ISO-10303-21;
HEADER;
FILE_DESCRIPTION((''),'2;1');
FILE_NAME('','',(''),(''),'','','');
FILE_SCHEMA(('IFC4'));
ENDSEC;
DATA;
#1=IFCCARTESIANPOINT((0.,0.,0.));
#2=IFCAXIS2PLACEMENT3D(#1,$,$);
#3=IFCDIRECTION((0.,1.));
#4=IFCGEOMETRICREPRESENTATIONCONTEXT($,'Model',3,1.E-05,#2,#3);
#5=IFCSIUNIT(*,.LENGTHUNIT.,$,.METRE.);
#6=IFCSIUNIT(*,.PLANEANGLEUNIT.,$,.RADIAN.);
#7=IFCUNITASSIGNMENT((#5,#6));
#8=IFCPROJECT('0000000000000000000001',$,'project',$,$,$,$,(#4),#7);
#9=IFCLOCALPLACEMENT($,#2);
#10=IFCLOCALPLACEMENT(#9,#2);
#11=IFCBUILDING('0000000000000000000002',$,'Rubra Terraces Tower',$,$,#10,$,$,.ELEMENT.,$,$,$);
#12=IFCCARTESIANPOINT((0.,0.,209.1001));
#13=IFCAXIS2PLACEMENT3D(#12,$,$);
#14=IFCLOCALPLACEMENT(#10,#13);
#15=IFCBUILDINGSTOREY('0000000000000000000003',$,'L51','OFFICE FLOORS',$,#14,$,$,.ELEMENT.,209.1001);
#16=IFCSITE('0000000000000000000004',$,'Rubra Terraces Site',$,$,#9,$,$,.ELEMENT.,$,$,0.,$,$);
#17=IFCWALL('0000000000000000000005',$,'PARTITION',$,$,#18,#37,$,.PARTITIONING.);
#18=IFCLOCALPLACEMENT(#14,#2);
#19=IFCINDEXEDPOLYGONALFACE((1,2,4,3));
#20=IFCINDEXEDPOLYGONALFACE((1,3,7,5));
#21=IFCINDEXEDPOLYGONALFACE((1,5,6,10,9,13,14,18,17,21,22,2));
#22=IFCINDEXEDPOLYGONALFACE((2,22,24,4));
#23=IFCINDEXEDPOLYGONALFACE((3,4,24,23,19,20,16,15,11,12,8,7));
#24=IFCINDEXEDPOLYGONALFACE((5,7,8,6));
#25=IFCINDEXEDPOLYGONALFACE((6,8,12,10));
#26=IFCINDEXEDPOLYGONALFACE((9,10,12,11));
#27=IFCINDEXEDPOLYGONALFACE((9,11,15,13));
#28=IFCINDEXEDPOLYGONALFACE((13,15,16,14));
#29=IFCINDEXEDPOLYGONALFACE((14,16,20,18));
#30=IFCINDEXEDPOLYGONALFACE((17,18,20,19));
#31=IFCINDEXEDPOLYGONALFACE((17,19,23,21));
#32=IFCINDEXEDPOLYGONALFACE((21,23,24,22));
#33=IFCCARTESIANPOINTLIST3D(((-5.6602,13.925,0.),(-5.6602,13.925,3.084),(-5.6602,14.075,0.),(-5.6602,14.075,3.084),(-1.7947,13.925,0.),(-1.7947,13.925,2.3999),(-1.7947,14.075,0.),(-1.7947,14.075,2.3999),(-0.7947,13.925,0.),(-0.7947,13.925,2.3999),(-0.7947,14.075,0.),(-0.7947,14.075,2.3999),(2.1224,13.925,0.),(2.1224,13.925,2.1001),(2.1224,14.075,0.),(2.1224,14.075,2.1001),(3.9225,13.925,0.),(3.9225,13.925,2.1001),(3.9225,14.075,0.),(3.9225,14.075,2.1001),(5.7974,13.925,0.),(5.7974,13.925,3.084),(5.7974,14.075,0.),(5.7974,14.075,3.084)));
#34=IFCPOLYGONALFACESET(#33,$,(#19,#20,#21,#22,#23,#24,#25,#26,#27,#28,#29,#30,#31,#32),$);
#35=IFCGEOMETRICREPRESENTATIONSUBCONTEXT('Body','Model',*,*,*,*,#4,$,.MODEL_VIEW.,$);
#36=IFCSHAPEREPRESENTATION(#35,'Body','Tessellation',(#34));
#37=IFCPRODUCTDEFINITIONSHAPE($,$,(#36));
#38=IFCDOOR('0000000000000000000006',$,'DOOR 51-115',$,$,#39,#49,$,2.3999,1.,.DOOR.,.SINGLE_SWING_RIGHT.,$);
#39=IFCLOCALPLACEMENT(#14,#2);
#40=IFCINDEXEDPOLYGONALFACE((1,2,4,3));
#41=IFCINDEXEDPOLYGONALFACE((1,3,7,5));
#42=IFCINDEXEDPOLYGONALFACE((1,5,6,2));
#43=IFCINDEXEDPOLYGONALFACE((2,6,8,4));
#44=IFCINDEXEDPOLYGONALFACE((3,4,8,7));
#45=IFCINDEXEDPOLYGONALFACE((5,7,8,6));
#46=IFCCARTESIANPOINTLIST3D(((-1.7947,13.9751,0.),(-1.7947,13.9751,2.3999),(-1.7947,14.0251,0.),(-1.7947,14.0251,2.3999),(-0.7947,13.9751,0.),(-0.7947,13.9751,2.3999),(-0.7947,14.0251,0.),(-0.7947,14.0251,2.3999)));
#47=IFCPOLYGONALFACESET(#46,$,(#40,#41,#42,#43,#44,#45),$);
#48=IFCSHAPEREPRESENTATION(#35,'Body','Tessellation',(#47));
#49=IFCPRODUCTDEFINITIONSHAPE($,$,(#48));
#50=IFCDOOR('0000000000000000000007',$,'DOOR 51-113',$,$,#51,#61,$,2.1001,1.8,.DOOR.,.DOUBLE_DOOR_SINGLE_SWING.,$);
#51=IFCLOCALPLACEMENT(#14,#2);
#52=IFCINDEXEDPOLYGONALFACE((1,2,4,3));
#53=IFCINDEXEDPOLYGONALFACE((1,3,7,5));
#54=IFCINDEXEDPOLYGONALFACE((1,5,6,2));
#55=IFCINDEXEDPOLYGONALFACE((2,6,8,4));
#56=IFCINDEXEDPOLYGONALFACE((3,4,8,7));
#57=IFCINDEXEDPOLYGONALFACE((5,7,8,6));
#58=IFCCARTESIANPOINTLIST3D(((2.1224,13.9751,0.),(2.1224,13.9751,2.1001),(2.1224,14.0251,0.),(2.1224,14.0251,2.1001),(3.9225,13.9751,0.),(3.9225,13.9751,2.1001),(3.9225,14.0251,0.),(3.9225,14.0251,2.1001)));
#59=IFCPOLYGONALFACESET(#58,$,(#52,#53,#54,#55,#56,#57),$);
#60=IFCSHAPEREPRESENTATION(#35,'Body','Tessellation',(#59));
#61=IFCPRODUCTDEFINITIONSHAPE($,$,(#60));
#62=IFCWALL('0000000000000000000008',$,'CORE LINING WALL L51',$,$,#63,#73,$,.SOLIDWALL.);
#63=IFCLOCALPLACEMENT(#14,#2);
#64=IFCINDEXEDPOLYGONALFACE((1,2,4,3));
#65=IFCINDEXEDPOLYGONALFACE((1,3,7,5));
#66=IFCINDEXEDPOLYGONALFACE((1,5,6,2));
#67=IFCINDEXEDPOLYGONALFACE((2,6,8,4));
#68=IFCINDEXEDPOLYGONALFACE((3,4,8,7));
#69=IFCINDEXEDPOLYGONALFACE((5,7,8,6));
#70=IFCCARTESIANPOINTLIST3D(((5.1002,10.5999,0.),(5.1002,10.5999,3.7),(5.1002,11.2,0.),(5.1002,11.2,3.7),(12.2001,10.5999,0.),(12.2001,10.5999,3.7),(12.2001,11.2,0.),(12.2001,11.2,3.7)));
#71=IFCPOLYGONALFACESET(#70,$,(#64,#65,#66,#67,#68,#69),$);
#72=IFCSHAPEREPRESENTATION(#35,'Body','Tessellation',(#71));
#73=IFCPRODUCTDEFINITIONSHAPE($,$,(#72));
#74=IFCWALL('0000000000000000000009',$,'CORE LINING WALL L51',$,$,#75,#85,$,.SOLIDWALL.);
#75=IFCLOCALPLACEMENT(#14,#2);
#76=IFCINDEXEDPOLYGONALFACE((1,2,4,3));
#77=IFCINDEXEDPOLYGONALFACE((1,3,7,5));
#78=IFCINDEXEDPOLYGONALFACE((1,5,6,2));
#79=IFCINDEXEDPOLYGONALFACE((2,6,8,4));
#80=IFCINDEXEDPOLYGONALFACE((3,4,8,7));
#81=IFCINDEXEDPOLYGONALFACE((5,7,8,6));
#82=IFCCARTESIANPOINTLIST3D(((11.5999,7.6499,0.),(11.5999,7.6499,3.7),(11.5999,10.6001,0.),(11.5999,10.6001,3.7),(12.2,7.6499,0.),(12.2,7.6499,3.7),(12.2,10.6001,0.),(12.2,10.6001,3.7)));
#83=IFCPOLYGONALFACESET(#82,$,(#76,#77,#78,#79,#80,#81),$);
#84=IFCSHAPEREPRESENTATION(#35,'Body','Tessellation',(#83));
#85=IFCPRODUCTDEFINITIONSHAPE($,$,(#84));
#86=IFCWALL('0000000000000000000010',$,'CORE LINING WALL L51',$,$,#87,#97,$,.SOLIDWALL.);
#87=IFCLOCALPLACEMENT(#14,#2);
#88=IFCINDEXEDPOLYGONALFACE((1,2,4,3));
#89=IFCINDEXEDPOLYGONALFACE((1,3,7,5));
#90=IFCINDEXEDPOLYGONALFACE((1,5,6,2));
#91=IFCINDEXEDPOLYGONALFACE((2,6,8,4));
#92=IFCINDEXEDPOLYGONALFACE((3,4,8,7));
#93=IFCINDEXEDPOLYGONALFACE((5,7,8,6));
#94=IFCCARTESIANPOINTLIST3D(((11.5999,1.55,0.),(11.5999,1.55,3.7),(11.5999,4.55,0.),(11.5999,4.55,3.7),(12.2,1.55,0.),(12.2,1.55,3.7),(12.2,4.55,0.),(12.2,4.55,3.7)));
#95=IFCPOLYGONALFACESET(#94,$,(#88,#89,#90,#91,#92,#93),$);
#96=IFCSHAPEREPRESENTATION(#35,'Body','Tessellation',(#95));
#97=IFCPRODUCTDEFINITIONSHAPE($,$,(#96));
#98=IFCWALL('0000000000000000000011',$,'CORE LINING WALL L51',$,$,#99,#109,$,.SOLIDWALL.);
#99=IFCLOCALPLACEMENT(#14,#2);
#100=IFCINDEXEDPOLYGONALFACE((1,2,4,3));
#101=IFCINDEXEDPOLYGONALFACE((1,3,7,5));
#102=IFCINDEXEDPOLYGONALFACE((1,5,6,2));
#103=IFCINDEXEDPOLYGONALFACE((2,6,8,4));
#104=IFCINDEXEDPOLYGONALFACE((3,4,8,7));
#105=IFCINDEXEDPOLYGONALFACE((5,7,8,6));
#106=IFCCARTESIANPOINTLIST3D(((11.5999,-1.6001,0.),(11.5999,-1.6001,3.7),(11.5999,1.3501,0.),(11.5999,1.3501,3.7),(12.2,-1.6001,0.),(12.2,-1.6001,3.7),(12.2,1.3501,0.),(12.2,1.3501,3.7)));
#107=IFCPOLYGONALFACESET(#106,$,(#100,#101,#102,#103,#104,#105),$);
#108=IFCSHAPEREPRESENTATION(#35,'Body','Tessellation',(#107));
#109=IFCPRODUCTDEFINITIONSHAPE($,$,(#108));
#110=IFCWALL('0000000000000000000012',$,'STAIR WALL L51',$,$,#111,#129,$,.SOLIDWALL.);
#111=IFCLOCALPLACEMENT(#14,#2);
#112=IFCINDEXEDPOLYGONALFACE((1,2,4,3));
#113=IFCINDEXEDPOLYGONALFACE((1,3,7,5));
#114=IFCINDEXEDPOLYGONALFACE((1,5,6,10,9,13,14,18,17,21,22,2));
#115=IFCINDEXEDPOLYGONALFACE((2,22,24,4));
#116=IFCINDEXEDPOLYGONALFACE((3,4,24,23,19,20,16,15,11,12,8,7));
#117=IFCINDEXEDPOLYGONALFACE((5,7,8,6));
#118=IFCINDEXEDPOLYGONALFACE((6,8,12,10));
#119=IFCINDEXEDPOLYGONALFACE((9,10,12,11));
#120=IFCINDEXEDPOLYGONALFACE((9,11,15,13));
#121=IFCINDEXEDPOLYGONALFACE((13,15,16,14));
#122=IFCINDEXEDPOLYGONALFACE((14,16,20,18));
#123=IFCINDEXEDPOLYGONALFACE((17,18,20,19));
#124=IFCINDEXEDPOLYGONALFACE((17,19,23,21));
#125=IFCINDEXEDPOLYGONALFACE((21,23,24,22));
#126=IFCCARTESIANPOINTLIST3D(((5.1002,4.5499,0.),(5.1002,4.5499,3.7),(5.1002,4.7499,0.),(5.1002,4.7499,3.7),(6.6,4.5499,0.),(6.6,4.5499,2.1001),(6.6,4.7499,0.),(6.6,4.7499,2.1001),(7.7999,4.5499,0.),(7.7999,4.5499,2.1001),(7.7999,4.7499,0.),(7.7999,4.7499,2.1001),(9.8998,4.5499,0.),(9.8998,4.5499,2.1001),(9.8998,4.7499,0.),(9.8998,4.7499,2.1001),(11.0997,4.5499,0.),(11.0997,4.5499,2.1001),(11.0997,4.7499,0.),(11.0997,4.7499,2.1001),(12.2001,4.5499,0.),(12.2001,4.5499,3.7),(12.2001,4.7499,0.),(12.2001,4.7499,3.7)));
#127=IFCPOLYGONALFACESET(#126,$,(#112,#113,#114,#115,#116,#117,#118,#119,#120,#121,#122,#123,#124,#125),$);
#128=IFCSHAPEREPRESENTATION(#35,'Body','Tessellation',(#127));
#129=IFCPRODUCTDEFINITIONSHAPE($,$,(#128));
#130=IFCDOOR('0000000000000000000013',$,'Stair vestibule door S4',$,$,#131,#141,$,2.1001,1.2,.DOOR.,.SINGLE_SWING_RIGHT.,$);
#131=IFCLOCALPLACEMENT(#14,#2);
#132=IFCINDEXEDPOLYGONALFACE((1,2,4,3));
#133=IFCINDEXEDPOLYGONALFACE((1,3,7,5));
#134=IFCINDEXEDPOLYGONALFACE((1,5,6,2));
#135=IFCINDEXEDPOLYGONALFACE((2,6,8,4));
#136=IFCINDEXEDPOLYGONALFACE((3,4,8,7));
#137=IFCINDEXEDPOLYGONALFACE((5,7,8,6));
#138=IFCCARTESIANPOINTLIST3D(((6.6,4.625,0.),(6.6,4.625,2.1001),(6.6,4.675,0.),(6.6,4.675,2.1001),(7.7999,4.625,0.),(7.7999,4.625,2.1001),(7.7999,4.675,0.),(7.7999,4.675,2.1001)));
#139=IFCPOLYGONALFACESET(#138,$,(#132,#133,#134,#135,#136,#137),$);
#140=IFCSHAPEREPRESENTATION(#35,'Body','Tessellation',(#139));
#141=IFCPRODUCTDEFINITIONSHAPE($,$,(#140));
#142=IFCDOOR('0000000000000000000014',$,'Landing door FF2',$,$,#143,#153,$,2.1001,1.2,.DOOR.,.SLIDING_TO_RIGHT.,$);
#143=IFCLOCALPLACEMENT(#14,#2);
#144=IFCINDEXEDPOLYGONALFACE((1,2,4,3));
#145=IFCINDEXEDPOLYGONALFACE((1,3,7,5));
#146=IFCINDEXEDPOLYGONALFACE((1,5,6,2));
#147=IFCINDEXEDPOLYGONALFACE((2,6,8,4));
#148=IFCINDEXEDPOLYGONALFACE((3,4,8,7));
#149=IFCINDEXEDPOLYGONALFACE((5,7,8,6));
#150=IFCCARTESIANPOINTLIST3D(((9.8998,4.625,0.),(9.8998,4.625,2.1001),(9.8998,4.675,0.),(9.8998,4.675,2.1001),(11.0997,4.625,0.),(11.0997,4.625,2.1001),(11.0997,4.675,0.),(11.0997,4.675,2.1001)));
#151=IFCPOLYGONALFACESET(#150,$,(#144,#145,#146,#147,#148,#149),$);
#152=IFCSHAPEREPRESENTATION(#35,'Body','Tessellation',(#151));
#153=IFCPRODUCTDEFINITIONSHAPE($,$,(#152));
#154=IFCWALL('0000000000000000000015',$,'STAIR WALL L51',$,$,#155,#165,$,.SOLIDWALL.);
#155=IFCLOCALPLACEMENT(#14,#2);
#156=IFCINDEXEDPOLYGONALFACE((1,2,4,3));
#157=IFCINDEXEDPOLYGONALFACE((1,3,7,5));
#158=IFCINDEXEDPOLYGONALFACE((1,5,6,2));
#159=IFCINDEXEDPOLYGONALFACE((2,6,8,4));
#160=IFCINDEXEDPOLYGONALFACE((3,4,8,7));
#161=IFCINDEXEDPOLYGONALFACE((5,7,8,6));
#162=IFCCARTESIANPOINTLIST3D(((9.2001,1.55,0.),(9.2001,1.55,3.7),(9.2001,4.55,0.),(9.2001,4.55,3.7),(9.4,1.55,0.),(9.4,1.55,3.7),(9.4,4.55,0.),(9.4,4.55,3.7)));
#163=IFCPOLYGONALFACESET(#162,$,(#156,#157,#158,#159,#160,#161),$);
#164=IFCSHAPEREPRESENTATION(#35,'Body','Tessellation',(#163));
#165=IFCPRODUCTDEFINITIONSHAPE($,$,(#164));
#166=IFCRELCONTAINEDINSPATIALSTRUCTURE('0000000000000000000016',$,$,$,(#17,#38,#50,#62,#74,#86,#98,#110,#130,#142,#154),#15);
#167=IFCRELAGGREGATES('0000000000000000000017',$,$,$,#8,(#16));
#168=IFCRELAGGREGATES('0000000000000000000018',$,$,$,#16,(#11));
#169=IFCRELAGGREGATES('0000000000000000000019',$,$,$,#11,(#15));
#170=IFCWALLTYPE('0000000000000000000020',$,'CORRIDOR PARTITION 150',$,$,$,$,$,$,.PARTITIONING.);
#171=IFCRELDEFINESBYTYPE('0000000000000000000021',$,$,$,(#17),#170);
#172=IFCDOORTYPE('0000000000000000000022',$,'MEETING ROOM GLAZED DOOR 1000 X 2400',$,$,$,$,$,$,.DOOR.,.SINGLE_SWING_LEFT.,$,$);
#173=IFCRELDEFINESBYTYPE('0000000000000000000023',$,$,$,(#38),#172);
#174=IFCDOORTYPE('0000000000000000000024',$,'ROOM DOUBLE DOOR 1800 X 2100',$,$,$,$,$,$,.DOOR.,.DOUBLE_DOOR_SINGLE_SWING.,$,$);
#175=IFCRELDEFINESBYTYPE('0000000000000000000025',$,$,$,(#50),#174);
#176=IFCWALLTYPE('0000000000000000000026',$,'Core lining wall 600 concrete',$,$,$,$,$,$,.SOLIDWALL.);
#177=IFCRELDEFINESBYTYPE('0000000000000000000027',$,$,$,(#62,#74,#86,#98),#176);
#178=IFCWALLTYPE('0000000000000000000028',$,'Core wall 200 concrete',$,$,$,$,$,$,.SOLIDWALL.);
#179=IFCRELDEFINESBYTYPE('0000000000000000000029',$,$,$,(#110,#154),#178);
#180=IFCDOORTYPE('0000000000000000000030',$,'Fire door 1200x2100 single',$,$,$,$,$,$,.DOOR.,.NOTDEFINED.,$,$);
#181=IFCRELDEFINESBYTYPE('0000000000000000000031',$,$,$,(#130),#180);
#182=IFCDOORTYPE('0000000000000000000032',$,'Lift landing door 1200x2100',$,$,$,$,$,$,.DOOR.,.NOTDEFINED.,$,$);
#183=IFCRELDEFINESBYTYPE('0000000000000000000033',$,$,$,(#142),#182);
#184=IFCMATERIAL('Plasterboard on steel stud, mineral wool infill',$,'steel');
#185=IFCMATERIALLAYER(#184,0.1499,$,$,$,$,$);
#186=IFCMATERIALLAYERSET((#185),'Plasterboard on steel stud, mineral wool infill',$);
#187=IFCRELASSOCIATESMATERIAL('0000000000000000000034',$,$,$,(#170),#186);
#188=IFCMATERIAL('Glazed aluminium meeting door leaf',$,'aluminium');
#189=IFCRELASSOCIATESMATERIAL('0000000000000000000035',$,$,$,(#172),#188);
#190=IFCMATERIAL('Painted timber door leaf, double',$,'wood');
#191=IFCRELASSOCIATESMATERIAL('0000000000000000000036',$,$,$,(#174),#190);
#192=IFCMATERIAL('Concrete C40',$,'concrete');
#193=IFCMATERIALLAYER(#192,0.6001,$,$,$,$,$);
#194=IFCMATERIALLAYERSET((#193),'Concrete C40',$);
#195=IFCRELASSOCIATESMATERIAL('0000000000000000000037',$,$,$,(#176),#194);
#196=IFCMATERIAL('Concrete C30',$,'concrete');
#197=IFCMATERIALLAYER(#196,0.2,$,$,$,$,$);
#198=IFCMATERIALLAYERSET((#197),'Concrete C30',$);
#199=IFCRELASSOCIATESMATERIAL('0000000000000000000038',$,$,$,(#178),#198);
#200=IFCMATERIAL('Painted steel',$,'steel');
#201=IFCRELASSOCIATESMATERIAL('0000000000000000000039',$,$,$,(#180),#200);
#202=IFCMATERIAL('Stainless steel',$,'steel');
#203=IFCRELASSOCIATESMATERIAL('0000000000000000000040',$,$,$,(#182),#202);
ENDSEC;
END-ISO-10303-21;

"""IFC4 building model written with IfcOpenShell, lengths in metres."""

from ifc_helpers import new_model, si_unit, direction, frame, frame_2d, origin, place, context, subcontext, project, spatial, rectangle, extrude, material, layer, layer_set, type_object, element, fill, save


model = new_model("IFC4")

# Units and contexts
model_context = context("Model", 3, precision=1e-05, world=origin(), true_north=direction((0.0, 1.0)))
body_context = subcontext(model_context, "Body", "Model", "MODEL_VIEW")
ifc_project = project(units=[si_unit("LENGTHUNIT", "METRE"), si_unit("PLANEANGLEUNIT", "RADIAN")], contexts=[model_context])

# Site, building, storey
site_placement = place(None, origin())
site = spatial("IfcSite", under=ifc_project, at=site_placement, Name="Rubra Terraces Site", CompositionType="ELEMENT", RefElevation=0.0)
building_placement = place(site_placement, origin())
building = spatial("IfcBuilding", under=site, at=building_placement, Name="Rubra Terraces Tower", CompositionType="ELEMENT")
storey_placement = place(building_placement, frame((0.0, 0.0, 209.1001)))
storey = spatial("IfcBuildingStorey", under=building, at=storey_placement, Name="L51", Description="OFFICE FLOORS", CompositionType="ELEMENT", Elevation=209.1001)

# Wall, openings, doors
ifc_material_1 = material(Name="Plasterboard on steel stud, mineral wool infill", Category="steel")
ifc_layer_1 = layer(ifc_material_1, 0.1499)
ifc_layer_set_1 = layer_set([ifc_layer_1], Name="Plasterboard on steel stud, mineral wool infill")
wall_type_1 = type_object("IfcWallType", Name="CORRIDOR PARTITION 150", PredefinedType="PARTITIONING", material=ifc_layer_set_1)
wall_1_placement = place(storey_placement, frame((5.7974, 14.0, 0.0), z_axis=(0.0, 0.0, 1.0), x_axis=(-1.0, 0.0, 0.0)))
wall_1 = element("IfcWall", 1, at=wall_1_placement, inside=storey, type_object=wall_type_1, Name="PARTITION", PredefinedType="PARTITIONING", context=body_context, shape_type="SweptSolid", body=[
    extrude(rectangle(XDim=11.4575, YDim=0.1499, at=frame_2d((5.7288, 0.0))), origin(), (0.0, 0.0, 1.0), 3.084),
])
opening_1_placement = place(wall_1_placement, frame((1.875, 0.0, 0.0)))
opening_1 = element("IfcOpeningElement", 2, at=opening_1_placement, cuts=wall_1, PredefinedType="OPENING", context=body_context, shape_type="SweptSolid", body=[
    extrude(rectangle(XDim=1.8, YDim=2.1001, at=frame_2d((0.8999, 1.05))), frame((0.0, 0.085, 0.0), z_axis=(0.0, -1.0, 0.0), x_axis=(1.0, 0.0, 0.0)), (0.0, 0.0, 1.0), 0.1699),
])
opening_2_placement = place(wall_1_placement, frame((6.592, 0.0, 0.0)))
opening_2 = element("IfcOpeningElement", 3, at=opening_2_placement, cuts=wall_1, PredefinedType="OPENING", context=body_context, shape_type="SweptSolid", body=[
    extrude(rectangle(XDim=1.0, YDim=2.3999, at=frame_2d((0.5, 1.2))), frame((0.0, 0.085, 0.0), z_axis=(0.0, -1.0, 0.0), x_axis=(1.0, 0.0, 0.0)), (0.0, 0.0, 1.0), 0.1699),
])
ifc_material_2 = material(Name="Glazed aluminium meeting door leaf", Category="aluminium")
door_type_1 = type_object("IfcDoorType", Name="MEETING ROOM GLAZED DOOR 1000 X 2400", OperationType="SINGLE_SWING_LEFT", PredefinedType="DOOR", material=ifc_material_2)
door_1_placement = place(opening_2_placement, origin())
door_1 = element("IfcDoor", 4, at=door_1_placement, inside=storey, type_object=door_type_1, Name="DOOR 51-115", OperationType="SINGLE_SWING_RIGHT", OverallHeight=2.3999, OverallWidth=1.0, PredefinedType="DOOR", context=body_context, shape_type="SweptSolid", body=[
    extrude(rectangle(XDim=1.0, YDim=2.3999, at=frame_2d((0.5, 1.2))), frame((0.0, 0.0249, 0.0), z_axis=(0.0, -1.0, 0.0), x_axis=(1.0, 0.0, 0.0)), (0.0, 0.0, 1.0), 0.05),
])
fill(opening_2, door_1)
ifc_material_3 = material(Name="Painted timber door leaf, double", Category="wood")
door_type_2 = type_object("IfcDoorType", Name="ROOM DOUBLE DOOR 1800 X 2100", OperationType="DOUBLE_DOOR_SINGLE_SWING", PredefinedType="DOOR", material=ifc_material_3)
door_2_placement = place(opening_1_placement, origin())
door_2 = element("IfcDoor", 5, at=door_2_placement, inside=storey, type_object=door_type_2, Name="DOOR 51-113", OperationType="DOUBLE_DOOR_SINGLE_SWING", OverallHeight=2.1001, OverallWidth=1.8, PredefinedType="DOOR", context=body_context, shape_type="SweptSolid", body=[
    extrude(rectangle(XDim=1.8, YDim=2.1001, at=frame_2d((0.8999, 1.05))), frame((0.0, 0.0249, 0.0), z_axis=(0.0, -1.0, 0.0), x_axis=(1.0, 0.0, 0.0)), (0.0, 0.0, 1.0), 0.05),
])
fill(opening_1, door_2)

# Walls
ifc_material_4 = material(Name="Concrete C40", Category="concrete")
ifc_layer_2 = layer(ifc_material_4, 0.6001)
ifc_layer_set_2 = layer_set([ifc_layer_2], Name="Concrete C40")
wall_type_2 = type_object("IfcWallType", Name="Core lining wall 600 concrete", PredefinedType="SOLIDWALL", material=ifc_layer_set_2)
wall_2_placement = place(storey_placement, frame((12.2, 10.8999, 0.0), z_axis=(0.0, 0.0, 1.0), x_axis=(-1.0, 0.0, 0.0)))
element("IfcWall", 6, at=wall_2_placement, inside=storey, type_object=wall_type_2, Name="CORE LINING WALL L51", PredefinedType="SOLIDWALL", context=body_context, shape_type="SweptSolid", body=[
    extrude(rectangle(XDim=7.0999, YDim=0.6001, at=frame_2d((3.5498, 0.0))), origin(), (0.0, 0.0, 1.0), 3.7),
])
wall_3_placement = place(storey_placement, frame((11.8999, 10.6001, 0.0), z_axis=(0.0, 0.0, 1.0), x_axis=(0.0, -1.0, 0.0)))
element("IfcWall", 7, at=wall_3_placement, inside=storey, type_object=wall_type_2, Name="CORE LINING WALL L51", PredefinedType="SOLIDWALL", context=body_context, shape_type="SweptSolid", body=[
    extrude(rectangle(XDim=2.9502, YDim=0.6001, at=frame_2d((1.4751, 0.0))), origin(), (0.0, 0.0, 1.0), 3.7),
])
wall_4_placement = place(storey_placement, frame((11.8999, 4.55, 0.0), z_axis=(0.0, 0.0, 1.0), x_axis=(0.0, -1.0, 0.0)))
element("IfcWall", 8, at=wall_4_placement, inside=storey, type_object=wall_type_2, Name="CORE LINING WALL L51", PredefinedType="SOLIDWALL", context=body_context, shape_type="SweptSolid", body=[
    extrude(rectangle(XDim=3.0, YDim=0.6001, at=frame_2d((1.5, 0.0))), origin(), (0.0, 0.0, 1.0), 3.7),
])
wall_5_placement = place(storey_placement, frame((11.8999, 1.3501, 0.0), z_axis=(0.0, 0.0, 1.0), x_axis=(0.0, -1.0, 0.0)))
element("IfcWall", 9, at=wall_5_placement, inside=storey, type_object=wall_type_2, Name="CORE LINING WALL L51", PredefinedType="SOLIDWALL", context=body_context, shape_type="SweptSolid", body=[
    extrude(rectangle(XDim=2.9502, YDim=0.6001, at=frame_2d((1.4751, 0.0))), origin(), (0.0, 0.0, 1.0), 3.7),
])

# Wall, openings, doors
ifc_material_5 = material(Name="Concrete C30", Category="concrete")
ifc_layer_3 = layer(ifc_material_5, 0.2)
ifc_layer_set_3 = layer_set([ifc_layer_3], Name="Concrete C30")
wall_type_3 = type_object("IfcWallType", Name="Core wall 200 concrete", PredefinedType="SOLIDWALL", material=ifc_layer_set_3)
wall_6_placement = place(storey_placement, frame((12.2, 4.6499, 0.0), z_axis=(0.0, 0.0, 1.0), x_axis=(-1.0, 0.0, 0.0)))
wall_6 = element("IfcWall", 10, at=wall_6_placement, inside=storey, type_object=wall_type_3, Name="STAIR WALL L51", PredefinedType="SOLIDWALL", context=body_context, shape_type="SweptSolid", body=[
    extrude(rectangle(XDim=7.0999, YDim=0.2, at=frame_2d((3.5498, 0.0))), origin(), (0.0, 0.0, 1.0), 3.7),
])
opening_3_placement = place(wall_6_placement, frame((4.3999, 0.0, 0.0)))
opening_3 = element("IfcOpeningElement", 11, at=opening_3_placement, cuts=wall_6, PredefinedType="OPENING", context=body_context, shape_type="SweptSolid", body=[
    extrude(rectangle(XDim=1.2, YDim=2.1001, at=frame_2d((0.6001, 1.05))), frame((0.0, 0.1099, 0.0), z_axis=(0.0, -1.0, 0.0), x_axis=(1.0, 0.0, 0.0)), (0.0, 0.0, 1.0), 0.22),
])
opening_4_placement = place(wall_6_placement, frame((1.1001, 0.0, 0.0)))
opening_4 = element("IfcOpeningElement", 12, at=opening_4_placement, cuts=wall_6, PredefinedType="OPENING", context=body_context, shape_type="SweptSolid", body=[
    extrude(rectangle(XDim=1.2, YDim=2.1001, at=frame_2d((0.6001, 1.05))), frame((0.0, 0.1099, 0.0), z_axis=(0.0, -1.0, 0.0), x_axis=(1.0, 0.0, 0.0)), (0.0, 0.0, 1.0), 0.22),
])
ifc_material_6 = material(Name="Painted steel", Category="steel")
door_type_3 = type_object("IfcDoorType", Name="Fire door 1200x2100 single", OperationType="NOTDEFINED", PredefinedType="DOOR", material=ifc_material_6)
door_3_placement = place(opening_3_placement, origin())
door_3 = element("IfcDoor", 13, at=door_3_placement, inside=storey, type_object=door_type_3, Name="Stair vestibule door S4", OperationType="SINGLE_SWING_RIGHT", OverallHeight=2.1001, OverallWidth=1.2, PredefinedType="DOOR", context=body_context, shape_type="SweptSolid", body=[
    extrude(rectangle(XDim=1.2, YDim=2.1001, at=frame_2d((0.6001, 1.05))), frame((0.0, 0.0249, 0.0), z_axis=(0.0, -1.0, 0.0), x_axis=(1.0, 0.0, 0.0)), (0.0, 0.0, 1.0), 0.05),
])
fill(opening_3, door_3)
ifc_material_7 = material(Name="Stainless steel", Category="steel")
door_type_4 = type_object("IfcDoorType", Name="Lift landing door 1200x2100", OperationType="NOTDEFINED", PredefinedType="DOOR", material=ifc_material_7)
door_4_placement = place(opening_4_placement, origin())
door_4 = element("IfcDoor", 14, at=door_4_placement, inside=storey, type_object=door_type_4, Name="Landing door FF2", OperationType="SLIDING_TO_RIGHT", OverallHeight=2.1001, OverallWidth=1.2, PredefinedType="DOOR", context=body_context, shape_type="SweptSolid", body=[
    extrude(rectangle(XDim=1.2, YDim=2.1001, at=frame_2d((0.6001, 1.05))), frame((0.0, 0.0249, 0.0), z_axis=(0.0, -1.0, 0.0), x_axis=(1.0, 0.0, 0.0)), (0.0, 0.0, 1.0), 0.05),
])
fill(opening_4, door_4)

# Wall
wall_7_placement = place(storey_placement, frame((9.3, 4.55, 0.0), z_axis=(0.0, 0.0, 1.0), x_axis=(0.0, -1.0, 0.0)))
element("IfcWall", 15, at=wall_7_placement, inside=storey, type_object=wall_type_3, Name="STAIR WALL L51", PredefinedType="SOLIDWALL", context=body_context, shape_type="SweptSolid", body=[
    extrude(rectangle(XDim=3.0, YDim=0.2, at=frame_2d((1.5, 0.0))), origin(), (0.0, 0.0, 1.0), 3.7),
])

save(model, "model.ifc")
